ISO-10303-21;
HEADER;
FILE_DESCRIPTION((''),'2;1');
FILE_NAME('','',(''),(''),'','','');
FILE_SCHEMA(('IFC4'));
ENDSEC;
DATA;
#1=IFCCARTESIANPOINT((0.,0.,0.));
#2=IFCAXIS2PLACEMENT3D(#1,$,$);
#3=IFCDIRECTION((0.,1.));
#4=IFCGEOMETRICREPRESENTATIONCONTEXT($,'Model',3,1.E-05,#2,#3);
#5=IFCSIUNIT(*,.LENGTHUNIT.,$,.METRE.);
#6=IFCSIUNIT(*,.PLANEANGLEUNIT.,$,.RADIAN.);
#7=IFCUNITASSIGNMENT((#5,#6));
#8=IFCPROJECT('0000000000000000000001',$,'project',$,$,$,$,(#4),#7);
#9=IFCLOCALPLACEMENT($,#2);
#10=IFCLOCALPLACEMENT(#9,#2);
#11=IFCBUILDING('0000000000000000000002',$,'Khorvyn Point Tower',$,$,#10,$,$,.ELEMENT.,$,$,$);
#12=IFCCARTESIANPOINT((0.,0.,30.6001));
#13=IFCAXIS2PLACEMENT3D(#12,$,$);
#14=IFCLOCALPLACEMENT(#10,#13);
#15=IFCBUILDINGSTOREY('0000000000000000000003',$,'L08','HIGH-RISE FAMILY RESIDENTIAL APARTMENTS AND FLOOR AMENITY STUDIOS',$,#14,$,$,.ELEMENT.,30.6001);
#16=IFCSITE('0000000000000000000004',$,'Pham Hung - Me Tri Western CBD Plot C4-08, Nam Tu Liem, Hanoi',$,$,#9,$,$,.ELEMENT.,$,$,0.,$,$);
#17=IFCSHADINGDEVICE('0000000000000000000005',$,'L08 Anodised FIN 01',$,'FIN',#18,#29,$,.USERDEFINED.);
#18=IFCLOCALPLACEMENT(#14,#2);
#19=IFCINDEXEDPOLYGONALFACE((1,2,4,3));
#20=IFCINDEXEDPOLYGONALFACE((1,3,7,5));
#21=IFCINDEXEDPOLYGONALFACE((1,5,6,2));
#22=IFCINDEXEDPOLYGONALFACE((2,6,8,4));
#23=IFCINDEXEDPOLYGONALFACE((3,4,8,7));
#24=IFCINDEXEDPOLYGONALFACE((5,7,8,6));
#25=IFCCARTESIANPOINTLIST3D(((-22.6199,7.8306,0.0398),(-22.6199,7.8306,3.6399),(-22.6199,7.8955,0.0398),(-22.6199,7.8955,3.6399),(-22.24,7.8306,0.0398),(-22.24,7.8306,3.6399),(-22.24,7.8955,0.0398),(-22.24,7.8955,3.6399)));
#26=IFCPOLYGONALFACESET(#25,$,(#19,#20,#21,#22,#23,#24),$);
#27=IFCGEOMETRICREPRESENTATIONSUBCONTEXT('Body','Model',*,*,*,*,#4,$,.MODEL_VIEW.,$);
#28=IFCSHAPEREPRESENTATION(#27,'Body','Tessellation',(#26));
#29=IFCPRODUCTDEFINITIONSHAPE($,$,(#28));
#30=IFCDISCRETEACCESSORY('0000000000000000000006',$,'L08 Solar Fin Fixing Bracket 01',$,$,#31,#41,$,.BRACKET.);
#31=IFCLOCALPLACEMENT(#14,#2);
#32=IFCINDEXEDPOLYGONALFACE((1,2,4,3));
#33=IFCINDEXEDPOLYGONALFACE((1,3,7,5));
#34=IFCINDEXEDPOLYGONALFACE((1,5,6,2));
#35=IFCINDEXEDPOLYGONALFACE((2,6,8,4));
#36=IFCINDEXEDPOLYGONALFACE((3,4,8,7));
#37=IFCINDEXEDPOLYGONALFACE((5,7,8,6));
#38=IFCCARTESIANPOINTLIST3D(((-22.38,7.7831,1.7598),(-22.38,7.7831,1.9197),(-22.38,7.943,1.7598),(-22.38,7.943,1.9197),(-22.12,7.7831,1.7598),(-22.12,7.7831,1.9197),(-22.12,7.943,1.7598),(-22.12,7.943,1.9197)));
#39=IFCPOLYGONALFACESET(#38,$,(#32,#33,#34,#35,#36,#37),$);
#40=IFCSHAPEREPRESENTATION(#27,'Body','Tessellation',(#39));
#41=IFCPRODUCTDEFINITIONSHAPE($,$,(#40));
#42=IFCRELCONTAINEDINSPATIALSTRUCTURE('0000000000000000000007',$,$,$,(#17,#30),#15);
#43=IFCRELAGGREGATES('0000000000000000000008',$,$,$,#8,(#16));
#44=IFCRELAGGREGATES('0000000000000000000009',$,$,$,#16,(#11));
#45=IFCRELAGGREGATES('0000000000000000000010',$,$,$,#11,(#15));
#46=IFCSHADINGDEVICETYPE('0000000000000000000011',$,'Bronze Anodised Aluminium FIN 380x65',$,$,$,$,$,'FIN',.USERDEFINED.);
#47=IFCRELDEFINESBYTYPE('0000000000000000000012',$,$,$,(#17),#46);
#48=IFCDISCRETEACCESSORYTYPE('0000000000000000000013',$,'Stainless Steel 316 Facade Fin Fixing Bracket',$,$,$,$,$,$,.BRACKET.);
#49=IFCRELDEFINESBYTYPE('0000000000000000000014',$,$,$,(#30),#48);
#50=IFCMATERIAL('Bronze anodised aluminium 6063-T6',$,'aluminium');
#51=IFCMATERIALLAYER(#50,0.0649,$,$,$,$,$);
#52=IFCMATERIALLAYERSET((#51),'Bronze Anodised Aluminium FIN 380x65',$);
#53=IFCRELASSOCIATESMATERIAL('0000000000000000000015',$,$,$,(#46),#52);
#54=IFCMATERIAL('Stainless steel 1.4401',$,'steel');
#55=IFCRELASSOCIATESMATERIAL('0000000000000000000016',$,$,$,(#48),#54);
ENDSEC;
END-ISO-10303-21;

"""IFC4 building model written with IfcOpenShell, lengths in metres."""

from ifc_helpers import new_model, si_unit, direction, frame, origin, origin_2d, place, context, subcontext, project, spatial, rectangle, extrude, material, layer, layer_set, type_object, element, save


model = new_model("IFC4")

# Units and contexts
model_context = context("Model", 3, precision=1e-05, world=origin(), true_north=direction((0.0, 1.0)))
body_context = subcontext(model_context, "Body", "Model", "MODEL_VIEW")
ifc_project = project(units=[si_unit("LENGTHUNIT", "METRE"), si_unit("PLANEANGLEUNIT", "RADIAN")], contexts=[model_context])

# Site, building, storey
site_placement = place(None, origin())
site = spatial("IfcSite", under=ifc_project, at=site_placement, Name="Pham Hung - Me Tri Western CBD Plot C4-08, Nam Tu Liem, Hanoi", CompositionType="ELEMENT", RefElevation=0.0)
building_placement = place(site_placement, origin())
building = spatial("IfcBuilding", under=site, at=building_placement, Name="Khorvyn Point Tower", CompositionType="ELEMENT")
storey_placement = place(building_placement, frame((0.0, 0.0, 30.6001)))
storey = spatial("IfcBuildingStorey", under=building, at=storey_placement, Name="L08", Description="HIGH-RISE FAMILY RESIDENTIAL APARTMENTS AND FLOOR AMENITY STUDIOS", CompositionType="ELEMENT", Elevation=30.6001)

# Shading device
ifc_material_1 = material(Name="Bronze anodised aluminium 6063-T6", Category="aluminium")
ifc_layer_1 = layer(ifc_material_1, 0.0649)
ifc_layer_set_1 = layer_set([ifc_layer_1], Name="Bronze Anodised Aluminium FIN 380x65")
shading_device_type = type_object("IfcShadingDeviceType", Name="Bronze Anodised Aluminium FIN 380x65", ElementType="FIN", PredefinedType="USERDEFINED", material=ifc_layer_set_1)
shading_device_placement = place(storey_placement, frame((-22.4299, 7.863, 0.0398), z_axis=(0.0, 0.0, 1.0), x_axis=(-1.0, 0.0, 0.0)))
element("IfcShadingDevice", 1, at=shading_device_placement, inside=storey, type_object=shading_device_type, Name="L08 Anodised FIN 01", ObjectType="FIN", PredefinedType="USERDEFINED", context=body_context, shape_type="SweptSolid", body=[
    extrude(rectangle(XDim=0.3799, YDim=0.0649, at=origin_2d()), origin(), (0.0, 0.0, 1.0), 3.6001),
])

# Discrete accessory
ifc_material_2 = material(Name="Stainless steel 1.4401", Category="steel")
discrete_accessory_type = type_object("IfcDiscreteAccessoryType", Name="Stainless Steel 316 Facade Fin Fixing Bracket", PredefinedType="BRACKET", material=ifc_material_2)
discrete_accessory_placement = place(storey_placement, frame((-22.25, 7.863, 1.7598), z_axis=(0.0, 0.0, 1.0), x_axis=(0.0, 1.0, 0.0)))
element("IfcDiscreteAccessory", 2, at=discrete_accessory_placement, inside=storey, type_object=discrete_accessory_type, Name="L08 Solar Fin Fixing Bracket 01", PredefinedType="BRACKET", context=body_context, shape_type="SweptSolid", body=[
    extrude(rectangle(XDim=0.1599, YDim=0.26, at=origin_2d()), origin(), (0.0, 0.0, 1.0), 0.1599),
])

save(model, "model.ifc")
